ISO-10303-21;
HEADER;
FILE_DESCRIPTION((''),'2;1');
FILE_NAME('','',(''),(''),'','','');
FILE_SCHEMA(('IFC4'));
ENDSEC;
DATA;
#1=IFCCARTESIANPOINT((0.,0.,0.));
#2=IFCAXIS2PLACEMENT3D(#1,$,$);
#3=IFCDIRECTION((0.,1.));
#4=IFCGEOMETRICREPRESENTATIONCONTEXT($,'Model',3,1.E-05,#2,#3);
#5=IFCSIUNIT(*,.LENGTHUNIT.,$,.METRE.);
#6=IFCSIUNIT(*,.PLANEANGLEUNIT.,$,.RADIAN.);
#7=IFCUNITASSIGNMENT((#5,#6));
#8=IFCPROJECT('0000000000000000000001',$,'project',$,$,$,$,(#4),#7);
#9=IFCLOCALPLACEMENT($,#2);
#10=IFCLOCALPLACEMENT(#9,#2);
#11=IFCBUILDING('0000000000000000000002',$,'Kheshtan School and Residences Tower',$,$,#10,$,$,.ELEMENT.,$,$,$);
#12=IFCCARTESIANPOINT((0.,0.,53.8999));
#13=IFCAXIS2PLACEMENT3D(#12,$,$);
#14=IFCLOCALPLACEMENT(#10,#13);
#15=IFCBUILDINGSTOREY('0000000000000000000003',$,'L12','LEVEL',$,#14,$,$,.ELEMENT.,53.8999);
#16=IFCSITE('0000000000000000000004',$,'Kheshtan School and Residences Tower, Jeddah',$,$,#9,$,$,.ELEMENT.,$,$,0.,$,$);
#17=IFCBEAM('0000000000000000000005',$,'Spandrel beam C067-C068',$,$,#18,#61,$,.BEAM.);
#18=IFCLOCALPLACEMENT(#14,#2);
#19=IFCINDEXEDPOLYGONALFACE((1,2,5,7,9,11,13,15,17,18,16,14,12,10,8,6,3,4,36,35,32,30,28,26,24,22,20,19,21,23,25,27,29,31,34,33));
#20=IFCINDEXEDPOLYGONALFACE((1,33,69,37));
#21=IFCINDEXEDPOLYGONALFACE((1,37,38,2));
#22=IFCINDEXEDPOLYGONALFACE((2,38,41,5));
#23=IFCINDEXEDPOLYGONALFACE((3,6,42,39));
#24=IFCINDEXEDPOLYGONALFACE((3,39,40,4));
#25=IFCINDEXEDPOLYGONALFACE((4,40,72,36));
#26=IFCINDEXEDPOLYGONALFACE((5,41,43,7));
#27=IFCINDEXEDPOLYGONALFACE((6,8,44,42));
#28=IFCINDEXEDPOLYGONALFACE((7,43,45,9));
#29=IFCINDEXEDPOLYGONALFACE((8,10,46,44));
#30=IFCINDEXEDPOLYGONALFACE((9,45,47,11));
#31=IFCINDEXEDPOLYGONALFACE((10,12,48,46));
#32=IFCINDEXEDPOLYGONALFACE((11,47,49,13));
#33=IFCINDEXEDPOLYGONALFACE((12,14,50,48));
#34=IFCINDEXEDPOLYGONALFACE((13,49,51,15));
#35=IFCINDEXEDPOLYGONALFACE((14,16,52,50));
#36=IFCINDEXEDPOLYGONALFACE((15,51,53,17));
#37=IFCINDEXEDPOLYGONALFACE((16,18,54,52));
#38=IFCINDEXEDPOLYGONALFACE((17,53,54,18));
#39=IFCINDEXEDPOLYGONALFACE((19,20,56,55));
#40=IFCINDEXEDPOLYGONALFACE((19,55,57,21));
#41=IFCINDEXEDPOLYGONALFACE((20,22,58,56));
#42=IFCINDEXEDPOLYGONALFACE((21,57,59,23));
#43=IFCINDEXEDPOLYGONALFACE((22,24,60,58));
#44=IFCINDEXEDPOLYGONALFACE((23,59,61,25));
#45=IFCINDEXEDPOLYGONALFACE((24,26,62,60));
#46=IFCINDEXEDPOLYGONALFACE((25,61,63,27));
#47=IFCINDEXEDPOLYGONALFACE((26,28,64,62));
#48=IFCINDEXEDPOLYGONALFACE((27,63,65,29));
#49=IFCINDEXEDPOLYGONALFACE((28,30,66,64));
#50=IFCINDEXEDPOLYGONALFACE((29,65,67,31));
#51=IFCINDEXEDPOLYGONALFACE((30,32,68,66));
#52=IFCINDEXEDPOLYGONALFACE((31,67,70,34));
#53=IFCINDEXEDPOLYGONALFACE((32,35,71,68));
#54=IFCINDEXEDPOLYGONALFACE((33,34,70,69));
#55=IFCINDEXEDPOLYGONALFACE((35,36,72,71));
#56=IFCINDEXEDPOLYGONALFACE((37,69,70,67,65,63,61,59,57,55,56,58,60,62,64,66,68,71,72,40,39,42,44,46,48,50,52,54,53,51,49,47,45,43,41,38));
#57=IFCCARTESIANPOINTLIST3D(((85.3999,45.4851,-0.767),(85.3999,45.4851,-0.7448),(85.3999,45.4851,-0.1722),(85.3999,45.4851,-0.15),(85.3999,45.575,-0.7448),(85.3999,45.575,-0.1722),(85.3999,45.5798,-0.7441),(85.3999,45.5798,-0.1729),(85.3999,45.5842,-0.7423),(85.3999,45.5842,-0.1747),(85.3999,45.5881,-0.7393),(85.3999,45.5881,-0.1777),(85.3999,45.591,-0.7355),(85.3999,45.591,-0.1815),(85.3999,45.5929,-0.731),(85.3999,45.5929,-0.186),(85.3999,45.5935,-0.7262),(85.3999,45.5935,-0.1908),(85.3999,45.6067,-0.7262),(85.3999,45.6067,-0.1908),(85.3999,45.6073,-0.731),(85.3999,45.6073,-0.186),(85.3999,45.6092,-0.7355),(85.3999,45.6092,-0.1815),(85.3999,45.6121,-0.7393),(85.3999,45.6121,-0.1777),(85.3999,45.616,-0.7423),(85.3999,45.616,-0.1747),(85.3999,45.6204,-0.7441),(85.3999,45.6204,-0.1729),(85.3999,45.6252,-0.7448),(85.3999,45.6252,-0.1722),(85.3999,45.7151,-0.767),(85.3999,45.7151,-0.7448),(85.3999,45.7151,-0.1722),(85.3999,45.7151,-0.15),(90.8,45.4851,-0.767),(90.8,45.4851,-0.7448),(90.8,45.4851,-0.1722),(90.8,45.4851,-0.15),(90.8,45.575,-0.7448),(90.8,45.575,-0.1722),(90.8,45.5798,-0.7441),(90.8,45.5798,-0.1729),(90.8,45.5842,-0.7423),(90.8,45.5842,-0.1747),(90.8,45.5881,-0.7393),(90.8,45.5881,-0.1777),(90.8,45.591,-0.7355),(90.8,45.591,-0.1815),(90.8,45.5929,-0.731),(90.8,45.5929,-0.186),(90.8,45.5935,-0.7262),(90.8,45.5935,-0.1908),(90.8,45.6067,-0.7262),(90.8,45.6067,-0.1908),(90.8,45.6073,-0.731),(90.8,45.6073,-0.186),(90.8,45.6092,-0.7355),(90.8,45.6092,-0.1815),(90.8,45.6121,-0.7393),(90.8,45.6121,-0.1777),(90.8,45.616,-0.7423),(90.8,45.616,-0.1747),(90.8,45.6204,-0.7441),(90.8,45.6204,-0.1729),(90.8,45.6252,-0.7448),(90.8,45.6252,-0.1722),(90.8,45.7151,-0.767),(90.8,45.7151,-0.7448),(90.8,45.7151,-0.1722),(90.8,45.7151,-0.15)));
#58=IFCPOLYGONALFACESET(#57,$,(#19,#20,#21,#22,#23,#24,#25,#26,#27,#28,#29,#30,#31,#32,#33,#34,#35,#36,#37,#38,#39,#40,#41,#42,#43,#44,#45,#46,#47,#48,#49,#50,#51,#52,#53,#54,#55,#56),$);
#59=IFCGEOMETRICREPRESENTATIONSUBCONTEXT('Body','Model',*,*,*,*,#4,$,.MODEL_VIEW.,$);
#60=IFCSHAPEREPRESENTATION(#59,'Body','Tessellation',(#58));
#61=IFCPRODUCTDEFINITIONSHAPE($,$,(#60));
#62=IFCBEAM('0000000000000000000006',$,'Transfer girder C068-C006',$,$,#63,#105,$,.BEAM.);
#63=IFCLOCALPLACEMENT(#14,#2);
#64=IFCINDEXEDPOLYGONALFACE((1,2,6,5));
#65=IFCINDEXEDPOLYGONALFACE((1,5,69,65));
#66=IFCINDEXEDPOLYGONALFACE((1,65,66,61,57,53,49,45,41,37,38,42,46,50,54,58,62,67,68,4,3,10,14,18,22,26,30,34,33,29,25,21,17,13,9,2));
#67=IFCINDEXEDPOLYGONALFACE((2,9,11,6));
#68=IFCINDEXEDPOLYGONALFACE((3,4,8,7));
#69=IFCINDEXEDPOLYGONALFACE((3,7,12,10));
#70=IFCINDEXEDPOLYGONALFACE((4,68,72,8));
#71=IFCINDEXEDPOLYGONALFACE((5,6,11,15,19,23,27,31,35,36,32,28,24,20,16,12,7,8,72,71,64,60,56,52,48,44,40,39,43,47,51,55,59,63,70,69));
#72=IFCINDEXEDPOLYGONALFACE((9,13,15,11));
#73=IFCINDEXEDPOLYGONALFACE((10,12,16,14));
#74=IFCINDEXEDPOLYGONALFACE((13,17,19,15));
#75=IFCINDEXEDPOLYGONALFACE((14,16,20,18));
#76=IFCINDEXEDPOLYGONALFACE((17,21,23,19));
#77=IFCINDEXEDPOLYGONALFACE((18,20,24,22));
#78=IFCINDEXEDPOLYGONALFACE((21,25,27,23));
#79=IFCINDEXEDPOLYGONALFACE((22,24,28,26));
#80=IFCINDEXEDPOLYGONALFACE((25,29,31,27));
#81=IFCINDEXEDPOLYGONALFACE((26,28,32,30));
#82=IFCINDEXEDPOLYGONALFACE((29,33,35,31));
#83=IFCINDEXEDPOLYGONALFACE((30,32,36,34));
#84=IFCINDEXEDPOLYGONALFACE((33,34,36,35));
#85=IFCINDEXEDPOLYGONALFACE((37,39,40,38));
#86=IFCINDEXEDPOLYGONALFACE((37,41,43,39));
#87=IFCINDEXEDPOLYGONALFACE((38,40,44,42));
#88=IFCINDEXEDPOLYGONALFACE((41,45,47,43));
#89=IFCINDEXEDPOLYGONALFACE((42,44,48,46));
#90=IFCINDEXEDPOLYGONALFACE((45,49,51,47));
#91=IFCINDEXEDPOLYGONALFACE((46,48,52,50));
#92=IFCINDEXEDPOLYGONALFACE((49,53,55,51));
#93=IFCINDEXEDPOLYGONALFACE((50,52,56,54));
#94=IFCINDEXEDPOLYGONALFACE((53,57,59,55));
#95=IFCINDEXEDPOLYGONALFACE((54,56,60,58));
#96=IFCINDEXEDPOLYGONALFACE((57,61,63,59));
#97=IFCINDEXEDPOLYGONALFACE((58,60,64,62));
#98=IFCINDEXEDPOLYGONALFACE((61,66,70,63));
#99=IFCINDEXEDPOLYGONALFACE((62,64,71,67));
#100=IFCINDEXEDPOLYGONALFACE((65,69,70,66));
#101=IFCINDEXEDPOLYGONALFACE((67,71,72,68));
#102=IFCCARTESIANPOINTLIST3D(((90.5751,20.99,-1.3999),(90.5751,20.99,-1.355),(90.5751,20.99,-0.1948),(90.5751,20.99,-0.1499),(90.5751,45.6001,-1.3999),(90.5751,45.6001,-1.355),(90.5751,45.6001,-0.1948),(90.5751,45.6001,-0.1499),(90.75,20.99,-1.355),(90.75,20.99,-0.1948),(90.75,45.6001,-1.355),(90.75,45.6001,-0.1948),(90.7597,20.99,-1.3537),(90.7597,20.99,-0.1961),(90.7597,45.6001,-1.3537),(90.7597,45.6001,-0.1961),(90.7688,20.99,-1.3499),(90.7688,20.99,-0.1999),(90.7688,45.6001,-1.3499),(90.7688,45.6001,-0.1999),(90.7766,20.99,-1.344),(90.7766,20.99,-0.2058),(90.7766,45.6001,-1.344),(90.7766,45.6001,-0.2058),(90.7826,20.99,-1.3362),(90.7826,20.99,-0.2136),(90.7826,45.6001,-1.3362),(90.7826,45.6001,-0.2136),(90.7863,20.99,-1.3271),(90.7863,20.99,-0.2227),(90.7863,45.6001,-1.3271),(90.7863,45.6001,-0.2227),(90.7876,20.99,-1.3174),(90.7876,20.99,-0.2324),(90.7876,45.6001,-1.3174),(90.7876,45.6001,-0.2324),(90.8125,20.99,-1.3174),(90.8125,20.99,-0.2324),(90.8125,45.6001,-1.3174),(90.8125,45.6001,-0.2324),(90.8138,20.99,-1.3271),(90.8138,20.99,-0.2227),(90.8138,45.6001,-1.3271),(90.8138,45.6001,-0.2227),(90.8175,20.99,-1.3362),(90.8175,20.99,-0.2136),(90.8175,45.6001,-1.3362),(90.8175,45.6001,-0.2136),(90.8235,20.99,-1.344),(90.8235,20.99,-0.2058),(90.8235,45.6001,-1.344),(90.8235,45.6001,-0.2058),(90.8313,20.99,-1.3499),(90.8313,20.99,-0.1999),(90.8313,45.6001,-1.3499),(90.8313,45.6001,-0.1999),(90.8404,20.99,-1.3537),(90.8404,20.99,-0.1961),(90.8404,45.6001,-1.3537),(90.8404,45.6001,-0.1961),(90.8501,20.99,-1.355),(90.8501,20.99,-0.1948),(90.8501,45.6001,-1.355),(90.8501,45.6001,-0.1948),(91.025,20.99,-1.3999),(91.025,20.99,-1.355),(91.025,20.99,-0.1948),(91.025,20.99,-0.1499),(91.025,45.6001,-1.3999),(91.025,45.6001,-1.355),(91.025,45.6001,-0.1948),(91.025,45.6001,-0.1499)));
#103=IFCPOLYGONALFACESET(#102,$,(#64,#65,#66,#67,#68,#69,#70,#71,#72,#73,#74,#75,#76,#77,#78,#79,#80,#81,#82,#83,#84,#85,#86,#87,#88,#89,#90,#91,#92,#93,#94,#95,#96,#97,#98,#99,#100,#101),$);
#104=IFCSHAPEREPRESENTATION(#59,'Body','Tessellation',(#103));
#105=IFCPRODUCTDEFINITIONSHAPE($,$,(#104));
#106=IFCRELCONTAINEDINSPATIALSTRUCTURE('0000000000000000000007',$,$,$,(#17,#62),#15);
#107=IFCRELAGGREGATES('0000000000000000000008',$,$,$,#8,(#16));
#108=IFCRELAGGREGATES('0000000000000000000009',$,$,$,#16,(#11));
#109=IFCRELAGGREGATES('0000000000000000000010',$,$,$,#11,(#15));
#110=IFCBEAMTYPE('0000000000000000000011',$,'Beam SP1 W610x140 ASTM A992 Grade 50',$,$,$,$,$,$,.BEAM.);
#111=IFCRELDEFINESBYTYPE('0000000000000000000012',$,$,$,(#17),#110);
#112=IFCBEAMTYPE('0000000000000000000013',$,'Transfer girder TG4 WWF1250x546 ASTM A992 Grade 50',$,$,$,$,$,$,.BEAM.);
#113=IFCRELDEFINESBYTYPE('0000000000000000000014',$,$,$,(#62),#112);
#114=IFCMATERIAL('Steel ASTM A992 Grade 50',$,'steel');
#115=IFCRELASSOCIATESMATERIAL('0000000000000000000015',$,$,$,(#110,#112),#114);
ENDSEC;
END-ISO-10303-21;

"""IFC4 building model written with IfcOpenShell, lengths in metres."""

from ifc_helpers import new_model, si_unit, direction, frame, origin, origin_2d, place, context, subcontext, project, spatial, i_section, extrude, material, material_profile, profile_set, type_object, element, save


model = new_model("IFC4")

# Units and contexts
model_context = context("Model", 3, precision=1e-05, world=origin(), true_north=direction((0.0, 1.0)))
body_context = subcontext(model_context, "Body", "Model", "MODEL_VIEW")
ifc_project = project(units=[si_unit("LENGTHUNIT", "METRE"), si_unit("PLANEANGLEUNIT", "RADIAN")], contexts=[model_context])

# Site, building, storey
site_placement = place(None, origin())
site = spatial("IfcSite", under=ifc_project, at=site_placement, Name="Kheshtan School and Residences Tower, Jeddah", CompositionType="ELEMENT", RefElevation=0.0)
building_placement = place(site_placement, origin())
building = spatial("IfcBuilding", under=site, at=building_placement, Name="Kheshtan School and Residences Tower", CompositionType="ELEMENT")
storey_placement = place(building_placement, frame((0.0, 0.0, 53.8999)))
storey = spatial("IfcBuildingStorey", under=building, at=storey_placement, Name="L12", Description="LEVEL", CompositionType="ELEMENT", Elevation=53.8999)

# Shared definitions
ifc_material = material(Name="Steel ASTM A992 Grade 50", Category="steel")

# Beams
ifc_material_profile_1 = material_profile(ifc_material, i_section(OverallWidth=0.23, OverallDepth=0.6169, WebThickness=0.0132, FlangeThickness=0.0222, FilletRadius=0.0186, at=origin_2d()), Name="W610x140")
ifc_profile_set_1 = profile_set([ifc_material_profile_1], Name="Steel ASTM A992 Grade 50")
beam_type_1 = type_object("IfcBeamType", Name="Beam SP1 W610x140 ASTM A992 Grade 50", PredefinedType="BEAM", material=ifc_profile_set_1)
beam_1_placement = place(storey_placement, frame((85.3999, 45.6001, -0.4585), z_axis=(1.0, 0.0, 0.0), x_axis=(0.0, 1.0, 0.0)))
element("IfcBeam", 1, at=beam_1_placement, inside=storey, type_object=beam_type_1, Name="Spandrel beam C067-C068", PredefinedType="BEAM", context=body_context, shape_type="SweptSolid", body=[
    extrude(i_section(OverallWidth=0.23, OverallDepth=0.6169, WebThickness=0.0132, FlangeThickness=0.0222, FilletRadius=0.0186, at=origin_2d()), origin(), (0.0, 0.0, 1.0), 5.4001),
])
ifc_material_profile_2 = material_profile(ifc_material, i_section(OverallWidth=0.45, OverallDepth=1.25, WebThickness=0.0249, FlangeThickness=0.0449, FilletRadius=0.0376, at=origin_2d()), Name="WWF1250x546")
ifc_profile_set_2 = profile_set([ifc_material_profile_2], Name="Steel ASTM A992 Grade 50")
beam_type_2 = type_object("IfcBeamType", Name="Transfer girder TG4 WWF1250x546 ASTM A992 Grade 50", PredefinedType="BEAM", material=ifc_profile_set_2)
beam_2_placement = place(storey_placement, frame((90.8, 45.6001, -0.7749), z_axis=(0.0, -1.0, 0.0), x_axis=(1.0, 0.0, 0.0)))
element("IfcBeam", 2, at=beam_2_placement, inside=storey, type_object=beam_type_2, Name="Transfer girder C068-C006", PredefinedType="BEAM", context=body_context, shape_type="SweptSolid", body=[
    extrude(i_section(OverallWidth=0.45, OverallDepth=1.25, WebThickness=0.0249, FlangeThickness=0.0449, FilletRadius=0.0376, at=origin_2d()), origin(), (0.0, 0.0, 1.0), 24.6101),
])

save(model, "model.ifc")
